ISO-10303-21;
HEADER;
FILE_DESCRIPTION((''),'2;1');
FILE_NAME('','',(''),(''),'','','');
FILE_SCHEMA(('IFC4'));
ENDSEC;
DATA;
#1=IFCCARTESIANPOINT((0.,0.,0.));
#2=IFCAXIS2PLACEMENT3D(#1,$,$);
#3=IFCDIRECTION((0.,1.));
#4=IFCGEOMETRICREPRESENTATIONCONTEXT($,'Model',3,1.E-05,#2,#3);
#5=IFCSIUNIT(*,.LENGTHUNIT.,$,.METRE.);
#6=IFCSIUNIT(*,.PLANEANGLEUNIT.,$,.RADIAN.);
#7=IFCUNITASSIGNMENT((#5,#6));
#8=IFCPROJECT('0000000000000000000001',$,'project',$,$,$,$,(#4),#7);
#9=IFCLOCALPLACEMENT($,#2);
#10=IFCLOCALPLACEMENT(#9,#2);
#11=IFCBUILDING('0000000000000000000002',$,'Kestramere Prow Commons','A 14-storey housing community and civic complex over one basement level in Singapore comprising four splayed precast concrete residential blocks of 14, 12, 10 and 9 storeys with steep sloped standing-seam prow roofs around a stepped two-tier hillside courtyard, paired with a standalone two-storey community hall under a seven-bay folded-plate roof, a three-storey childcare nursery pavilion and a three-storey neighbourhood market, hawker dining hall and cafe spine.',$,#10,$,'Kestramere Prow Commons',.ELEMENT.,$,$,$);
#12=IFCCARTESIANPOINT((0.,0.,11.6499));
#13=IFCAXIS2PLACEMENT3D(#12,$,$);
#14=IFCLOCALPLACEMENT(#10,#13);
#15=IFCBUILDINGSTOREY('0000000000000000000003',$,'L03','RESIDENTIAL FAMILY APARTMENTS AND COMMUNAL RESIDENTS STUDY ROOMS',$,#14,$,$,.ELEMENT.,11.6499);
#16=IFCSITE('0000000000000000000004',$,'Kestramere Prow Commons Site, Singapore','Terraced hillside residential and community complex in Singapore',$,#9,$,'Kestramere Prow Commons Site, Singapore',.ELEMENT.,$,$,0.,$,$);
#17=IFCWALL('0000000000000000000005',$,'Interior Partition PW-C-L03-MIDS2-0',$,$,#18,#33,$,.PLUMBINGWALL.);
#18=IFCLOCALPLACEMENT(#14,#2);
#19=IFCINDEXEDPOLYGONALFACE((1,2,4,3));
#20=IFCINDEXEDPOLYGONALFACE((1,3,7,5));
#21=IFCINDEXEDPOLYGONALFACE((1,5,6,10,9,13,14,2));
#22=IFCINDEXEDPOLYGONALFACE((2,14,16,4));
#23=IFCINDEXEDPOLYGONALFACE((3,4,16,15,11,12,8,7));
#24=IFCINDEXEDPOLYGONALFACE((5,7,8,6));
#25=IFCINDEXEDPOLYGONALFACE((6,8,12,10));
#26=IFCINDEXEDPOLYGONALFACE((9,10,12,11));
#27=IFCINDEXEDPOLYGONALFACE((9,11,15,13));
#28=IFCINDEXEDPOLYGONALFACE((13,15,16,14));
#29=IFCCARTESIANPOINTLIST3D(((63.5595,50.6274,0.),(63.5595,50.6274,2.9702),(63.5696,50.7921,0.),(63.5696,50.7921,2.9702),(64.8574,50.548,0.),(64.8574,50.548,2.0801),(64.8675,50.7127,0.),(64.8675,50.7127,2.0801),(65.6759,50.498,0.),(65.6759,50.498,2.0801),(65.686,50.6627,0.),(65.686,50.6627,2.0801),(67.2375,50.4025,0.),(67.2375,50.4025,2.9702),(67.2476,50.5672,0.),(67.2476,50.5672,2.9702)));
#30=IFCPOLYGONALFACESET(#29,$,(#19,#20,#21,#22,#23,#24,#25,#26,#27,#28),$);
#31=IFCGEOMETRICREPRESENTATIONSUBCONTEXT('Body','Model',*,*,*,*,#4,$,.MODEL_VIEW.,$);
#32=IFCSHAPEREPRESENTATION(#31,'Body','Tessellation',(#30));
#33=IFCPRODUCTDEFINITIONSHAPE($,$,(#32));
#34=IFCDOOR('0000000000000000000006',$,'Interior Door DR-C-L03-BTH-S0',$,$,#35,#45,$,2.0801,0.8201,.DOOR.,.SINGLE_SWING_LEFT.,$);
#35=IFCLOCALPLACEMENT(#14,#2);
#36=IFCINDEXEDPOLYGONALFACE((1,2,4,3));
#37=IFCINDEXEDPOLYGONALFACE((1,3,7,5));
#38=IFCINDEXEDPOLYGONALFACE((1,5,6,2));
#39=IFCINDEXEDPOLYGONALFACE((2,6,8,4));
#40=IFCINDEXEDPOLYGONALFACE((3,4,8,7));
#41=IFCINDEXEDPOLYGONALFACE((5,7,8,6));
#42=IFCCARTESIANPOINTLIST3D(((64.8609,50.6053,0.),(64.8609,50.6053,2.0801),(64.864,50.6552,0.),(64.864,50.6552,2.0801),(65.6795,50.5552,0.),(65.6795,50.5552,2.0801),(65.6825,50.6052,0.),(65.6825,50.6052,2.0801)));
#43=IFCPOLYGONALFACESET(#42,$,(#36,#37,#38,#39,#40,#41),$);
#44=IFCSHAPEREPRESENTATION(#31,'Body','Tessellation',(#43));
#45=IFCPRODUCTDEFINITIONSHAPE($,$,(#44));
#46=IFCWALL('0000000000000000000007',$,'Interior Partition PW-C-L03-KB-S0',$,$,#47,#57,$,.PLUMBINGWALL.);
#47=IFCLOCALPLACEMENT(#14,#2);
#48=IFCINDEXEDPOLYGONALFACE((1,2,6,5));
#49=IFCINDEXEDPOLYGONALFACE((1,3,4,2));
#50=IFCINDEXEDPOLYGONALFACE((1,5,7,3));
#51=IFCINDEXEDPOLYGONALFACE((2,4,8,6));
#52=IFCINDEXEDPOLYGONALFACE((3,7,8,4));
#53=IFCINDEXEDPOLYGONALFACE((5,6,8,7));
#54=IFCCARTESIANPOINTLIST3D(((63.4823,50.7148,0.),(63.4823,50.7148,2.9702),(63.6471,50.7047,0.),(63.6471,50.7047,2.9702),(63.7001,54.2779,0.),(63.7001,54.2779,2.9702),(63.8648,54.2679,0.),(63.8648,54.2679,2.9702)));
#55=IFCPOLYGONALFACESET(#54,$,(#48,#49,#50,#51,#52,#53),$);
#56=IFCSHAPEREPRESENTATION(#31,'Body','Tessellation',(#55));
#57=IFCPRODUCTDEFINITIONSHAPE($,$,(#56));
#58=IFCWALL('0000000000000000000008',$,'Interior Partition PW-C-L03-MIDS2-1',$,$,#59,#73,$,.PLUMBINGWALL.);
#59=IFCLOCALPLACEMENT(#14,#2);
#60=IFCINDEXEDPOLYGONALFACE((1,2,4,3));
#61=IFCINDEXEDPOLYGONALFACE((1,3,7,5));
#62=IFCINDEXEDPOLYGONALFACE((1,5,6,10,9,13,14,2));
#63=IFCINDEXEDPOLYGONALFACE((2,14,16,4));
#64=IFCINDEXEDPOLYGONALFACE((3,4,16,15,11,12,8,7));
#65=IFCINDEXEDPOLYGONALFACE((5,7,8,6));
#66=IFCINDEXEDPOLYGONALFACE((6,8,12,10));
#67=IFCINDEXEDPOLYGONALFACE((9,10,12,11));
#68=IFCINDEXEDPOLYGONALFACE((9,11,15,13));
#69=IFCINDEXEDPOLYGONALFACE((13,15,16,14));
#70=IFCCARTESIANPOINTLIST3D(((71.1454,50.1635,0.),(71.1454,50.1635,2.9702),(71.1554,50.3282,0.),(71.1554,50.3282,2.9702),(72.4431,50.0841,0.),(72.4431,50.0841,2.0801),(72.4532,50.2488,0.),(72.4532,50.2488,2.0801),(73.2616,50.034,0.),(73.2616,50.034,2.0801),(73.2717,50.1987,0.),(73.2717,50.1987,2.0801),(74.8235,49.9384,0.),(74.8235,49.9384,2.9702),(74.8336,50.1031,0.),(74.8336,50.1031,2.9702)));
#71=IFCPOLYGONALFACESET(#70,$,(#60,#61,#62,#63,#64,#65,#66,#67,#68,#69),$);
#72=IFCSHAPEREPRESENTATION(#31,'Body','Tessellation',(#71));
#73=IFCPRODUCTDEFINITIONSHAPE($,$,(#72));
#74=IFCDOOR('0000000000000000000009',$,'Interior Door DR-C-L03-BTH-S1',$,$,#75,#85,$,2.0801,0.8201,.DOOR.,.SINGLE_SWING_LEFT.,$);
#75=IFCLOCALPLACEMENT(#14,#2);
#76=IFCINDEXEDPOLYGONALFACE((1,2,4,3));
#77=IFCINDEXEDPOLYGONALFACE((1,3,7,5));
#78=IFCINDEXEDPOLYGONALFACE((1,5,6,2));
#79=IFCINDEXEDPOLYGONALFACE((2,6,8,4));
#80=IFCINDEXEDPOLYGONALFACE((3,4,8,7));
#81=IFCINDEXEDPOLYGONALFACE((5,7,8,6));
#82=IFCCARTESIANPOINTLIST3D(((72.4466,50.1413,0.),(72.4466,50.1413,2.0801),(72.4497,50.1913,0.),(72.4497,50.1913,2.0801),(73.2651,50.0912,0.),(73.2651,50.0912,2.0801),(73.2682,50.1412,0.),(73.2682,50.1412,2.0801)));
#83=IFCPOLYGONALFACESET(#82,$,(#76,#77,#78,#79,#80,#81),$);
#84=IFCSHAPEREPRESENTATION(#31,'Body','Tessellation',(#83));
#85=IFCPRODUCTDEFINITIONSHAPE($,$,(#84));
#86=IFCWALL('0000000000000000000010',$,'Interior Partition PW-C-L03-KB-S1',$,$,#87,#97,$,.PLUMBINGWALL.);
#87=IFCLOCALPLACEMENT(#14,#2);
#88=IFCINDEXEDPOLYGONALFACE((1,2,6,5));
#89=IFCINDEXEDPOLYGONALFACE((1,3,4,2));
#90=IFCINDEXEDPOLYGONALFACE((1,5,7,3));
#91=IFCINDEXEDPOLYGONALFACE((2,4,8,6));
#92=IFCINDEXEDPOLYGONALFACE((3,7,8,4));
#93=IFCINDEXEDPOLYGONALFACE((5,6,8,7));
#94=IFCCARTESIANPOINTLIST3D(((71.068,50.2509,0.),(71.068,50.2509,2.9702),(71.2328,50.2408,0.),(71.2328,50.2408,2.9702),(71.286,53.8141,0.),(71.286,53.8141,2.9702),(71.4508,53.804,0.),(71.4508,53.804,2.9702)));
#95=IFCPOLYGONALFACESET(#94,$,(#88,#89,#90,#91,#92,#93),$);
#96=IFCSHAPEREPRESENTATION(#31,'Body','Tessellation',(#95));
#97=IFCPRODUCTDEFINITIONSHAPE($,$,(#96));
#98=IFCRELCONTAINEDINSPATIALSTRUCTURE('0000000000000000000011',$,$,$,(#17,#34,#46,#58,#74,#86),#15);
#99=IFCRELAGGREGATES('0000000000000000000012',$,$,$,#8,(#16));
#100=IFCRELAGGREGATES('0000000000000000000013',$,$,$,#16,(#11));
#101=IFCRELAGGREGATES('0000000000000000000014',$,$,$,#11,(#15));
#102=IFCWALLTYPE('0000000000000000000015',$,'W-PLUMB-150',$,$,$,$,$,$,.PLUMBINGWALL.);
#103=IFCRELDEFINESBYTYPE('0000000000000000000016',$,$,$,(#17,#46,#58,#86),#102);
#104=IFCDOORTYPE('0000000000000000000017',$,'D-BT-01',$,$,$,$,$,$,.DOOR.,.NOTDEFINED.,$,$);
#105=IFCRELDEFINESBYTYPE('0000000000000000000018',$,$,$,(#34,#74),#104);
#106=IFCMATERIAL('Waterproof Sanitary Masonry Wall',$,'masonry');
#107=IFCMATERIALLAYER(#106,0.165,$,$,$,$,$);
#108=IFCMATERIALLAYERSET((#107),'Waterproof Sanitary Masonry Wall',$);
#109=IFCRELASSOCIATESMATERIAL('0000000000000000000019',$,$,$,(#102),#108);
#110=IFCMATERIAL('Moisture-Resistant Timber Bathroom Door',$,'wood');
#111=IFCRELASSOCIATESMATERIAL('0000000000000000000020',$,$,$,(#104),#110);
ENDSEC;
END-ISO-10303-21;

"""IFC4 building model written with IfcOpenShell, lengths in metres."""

from ifc_helpers import new_model, si_unit, direction, frame, frame_2d, origin, place, context, subcontext, project, spatial, rectangle, extrude, material, layer, layer_set, type_object, element, fill, save


model = new_model("IFC4")

# Units and contexts
model_context = context("Model", 3, precision=1e-05, world=origin(), true_north=direction((0.0, 1.0)))
body_context = subcontext(model_context, "Body", "Model", "MODEL_VIEW")
ifc_project = project(units=[si_unit("LENGTHUNIT", "METRE"), si_unit("PLANEANGLEUNIT", "RADIAN")], contexts=[model_context])

# Site, building, storey
site_placement = place(None, origin())
site = spatial("IfcSite", under=ifc_project, at=site_placement, Name="Kestramere Prow Commons Site, Singapore", Description="Terraced hillside residential and community complex in Singapore", LongName="Kestramere Prow Commons Site, Singapore", CompositionType="ELEMENT", RefElevation=0.0)
building_placement = place(site_placement, origin())
building = spatial("IfcBuilding", under=site, at=building_placement, Name="Kestramere Prow Commons", Description="A 14-storey housing community and civic complex over one basement level in Singapore comprising four splayed precast concrete residential blocks of 14, 12, 10 and 9 storeys with steep sloped standing-seam prow roofs around a stepped two-tier hillside courtyard, paired with a standalone two-storey community hall under a seven-bay folded-plate roof, a three-storey childcare nursery pavilion and a three-storey neighbourhood market, hawker dining hall and cafe spine.", LongName="Kestramere Prow Commons", CompositionType="ELEMENT")
storey_placement = place(building_placement, frame((0.0, 0.0, 11.6499)))
storey = spatial("IfcBuildingStorey", under=building, at=storey_placement, Name="L03", Description="RESIDENTIAL FAMILY APARTMENTS AND COMMUNAL RESIDENTS STUDY ROOMS", CompositionType="ELEMENT", Elevation=11.6499)

# Wall, opening, door
ifc_material_1 = material(Name="Waterproof Sanitary Masonry Wall", Category="masonry")
ifc_layer_1 = layer(ifc_material_1, 0.165)
ifc_layer_set_1 = layer_set([ifc_layer_1], Name="Waterproof Sanitary Masonry Wall")
wall_type_1 = type_object("IfcWallType", Name="W-PLUMB-150", PredefinedType="PLUMBINGWALL", material=ifc_layer_set_1)
wall_1_placement = place(storey_placement, frame((63.5647, 50.7097, 0.0), z_axis=(0.0, 0.0, 1.0), x_axis=(0.998136, -0.061021, 0.0)))
wall_1 = element("IfcWall", 1, at=wall_1_placement, inside=storey, type_object=wall_type_1, Name="Interior Partition PW-C-L03-MIDS2-0", PredefinedType="PLUMBINGWALL", context=body_context, shape_type="SweptSolid", body=[
    extrude(rectangle(XDim=3.6848, YDim=0.165, at=frame_2d((1.8423, 0.0))), origin(), (0.0, 0.0, 1.0), 2.9702),
])
opening_1_placement = place(wall_1_placement, frame((1.3, 0.0, 0.0)))
opening_1 = element("IfcOpeningElement", 2, at=opening_1_placement, cuts=wall_1, PredefinedType="OPENING", context=body_context, shape_type="SweptSolid", body=[
    extrude(rectangle(XDim=0.8201, YDim=2.0801, at=frame_2d((0.4102, 1.04))), frame((0.0, 0.0974, 0.0), z_axis=(0.0, -1.0, 0.0), x_axis=(1.0, 0.0, 0.0)), (0.0, 0.0, 1.0), 0.1951),
])
ifc_material_2 = material(Name="Moisture-Resistant Timber Bathroom Door", Category="wood")
door_type_1 = type_object("IfcDoorType", Name="D-BT-01", OperationType="NOTDEFINED", PredefinedType="DOOR", material=ifc_material_2)
door_1_placement = place(opening_1_placement, origin())
door_1 = element("IfcDoor", 3, at=door_1_placement, inside=storey, type_object=door_type_1, Name="Interior Door DR-C-L03-BTH-S0", OperationType="SINGLE_SWING_LEFT", OverallHeight=2.0801, OverallWidth=0.8201, PredefinedType="DOOR", context=body_context, shape_type="SweptSolid", body=[
    extrude(rectangle(XDim=0.8201, YDim=2.0801, at=frame_2d((0.4102, 1.04))), frame((0.0, 0.0249, 0.0), z_axis=(0.0, -1.0, 0.0), x_axis=(1.0, 0.0, 0.0)), (0.0, 0.0, 1.0), 0.05),
])
fill(opening_1, door_1)

# Wall
wall_2_placement = place(storey_placement, frame((63.5647, 50.7097, 0.0), z_axis=(0.0, 0.0, 1.0), x_axis=(0.061003, 0.998138, 0.0)))
element("IfcWall", 4, at=wall_2_placement, inside=storey, type_object=wall_type_1, Name="Interior Partition PW-C-L03-KB-S0", PredefinedType="PLUMBINGWALL", context=body_context, shape_type="SweptSolid", body=[
    extrude(rectangle(XDim=3.5698, YDim=0.165, at=frame_2d((1.7849, 0.0))), origin(), (0.0, 0.0, 1.0), 2.9702),
])

# Wall, opening, door
wall_3_placement = place(storey_placement, frame((71.1504, 50.2458, 0.0), z_axis=(0.0, 0.0, 1.0), x_axis=(0.998133, -0.061083, 0.0)))
wall_3 = element("IfcWall", 5, at=wall_3_placement, inside=storey, type_object=wall_type_1, Name="Interior Partition PW-C-L03-MIDS2-1", PredefinedType="PLUMBINGWALL", context=body_context, shape_type="SweptSolid", body=[
    extrude(rectangle(XDim=3.6851, YDim=0.165, at=frame_2d((1.8425, 0.0))), origin(), (0.0, 0.0, 1.0), 2.9702),
])
opening_2_placement = place(wall_3_placement, frame((1.3, 0.0, 0.0)))
opening_2 = element("IfcOpeningElement", 6, at=opening_2_placement, cuts=wall_3, PredefinedType="OPENING", context=body_context, shape_type="SweptSolid", body=[
    extrude(rectangle(XDim=0.8201, YDim=2.0801, at=frame_2d((0.4102, 1.04))), frame((0.0, 0.0974, 0.0), z_axis=(0.0, -1.0, 0.0), x_axis=(1.0, 0.0, 0.0)), (0.0, 0.0, 1.0), 0.1951),
])
door_2_placement = place(opening_2_placement, origin())
door_2 = element("IfcDoor", 7, at=door_2_placement, inside=storey, type_object=door_type_1, Name="Interior Door DR-C-L03-BTH-S1", OperationType="SINGLE_SWING_LEFT", OverallHeight=2.0801, OverallWidth=0.8201, PredefinedType="DOOR", context=body_context, shape_type="SweptSolid", body=[
    extrude(rectangle(XDim=0.8201, YDim=2.0801, at=frame_2d((0.4102, 1.04))), frame((0.0, 0.0249, 0.0), z_axis=(0.0, -1.0, 0.0), x_axis=(1.0, 0.0, 0.0)), (0.0, 0.0, 1.0), 0.05),
])
fill(opening_2, door_2)

# Wall
wall_4_placement = place(storey_placement, frame((71.1504, 50.2458, 0.0), z_axis=(0.0, 0.0, 1.0), x_axis=(0.061071, 0.998133, 0.0)))
element("IfcWall", 8, at=wall_4_placement, inside=storey, type_object=wall_type_1, Name="Interior Partition PW-C-L03-KB-S1", PredefinedType="PLUMBINGWALL", context=body_context, shape_type="SweptSolid", body=[
    extrude(rectangle(XDim=3.5698, YDim=0.165, at=frame_2d((1.7849, 0.0))), origin(), (0.0, 0.0, 1.0), 2.9702),
])

save(model, "model.ifc")
